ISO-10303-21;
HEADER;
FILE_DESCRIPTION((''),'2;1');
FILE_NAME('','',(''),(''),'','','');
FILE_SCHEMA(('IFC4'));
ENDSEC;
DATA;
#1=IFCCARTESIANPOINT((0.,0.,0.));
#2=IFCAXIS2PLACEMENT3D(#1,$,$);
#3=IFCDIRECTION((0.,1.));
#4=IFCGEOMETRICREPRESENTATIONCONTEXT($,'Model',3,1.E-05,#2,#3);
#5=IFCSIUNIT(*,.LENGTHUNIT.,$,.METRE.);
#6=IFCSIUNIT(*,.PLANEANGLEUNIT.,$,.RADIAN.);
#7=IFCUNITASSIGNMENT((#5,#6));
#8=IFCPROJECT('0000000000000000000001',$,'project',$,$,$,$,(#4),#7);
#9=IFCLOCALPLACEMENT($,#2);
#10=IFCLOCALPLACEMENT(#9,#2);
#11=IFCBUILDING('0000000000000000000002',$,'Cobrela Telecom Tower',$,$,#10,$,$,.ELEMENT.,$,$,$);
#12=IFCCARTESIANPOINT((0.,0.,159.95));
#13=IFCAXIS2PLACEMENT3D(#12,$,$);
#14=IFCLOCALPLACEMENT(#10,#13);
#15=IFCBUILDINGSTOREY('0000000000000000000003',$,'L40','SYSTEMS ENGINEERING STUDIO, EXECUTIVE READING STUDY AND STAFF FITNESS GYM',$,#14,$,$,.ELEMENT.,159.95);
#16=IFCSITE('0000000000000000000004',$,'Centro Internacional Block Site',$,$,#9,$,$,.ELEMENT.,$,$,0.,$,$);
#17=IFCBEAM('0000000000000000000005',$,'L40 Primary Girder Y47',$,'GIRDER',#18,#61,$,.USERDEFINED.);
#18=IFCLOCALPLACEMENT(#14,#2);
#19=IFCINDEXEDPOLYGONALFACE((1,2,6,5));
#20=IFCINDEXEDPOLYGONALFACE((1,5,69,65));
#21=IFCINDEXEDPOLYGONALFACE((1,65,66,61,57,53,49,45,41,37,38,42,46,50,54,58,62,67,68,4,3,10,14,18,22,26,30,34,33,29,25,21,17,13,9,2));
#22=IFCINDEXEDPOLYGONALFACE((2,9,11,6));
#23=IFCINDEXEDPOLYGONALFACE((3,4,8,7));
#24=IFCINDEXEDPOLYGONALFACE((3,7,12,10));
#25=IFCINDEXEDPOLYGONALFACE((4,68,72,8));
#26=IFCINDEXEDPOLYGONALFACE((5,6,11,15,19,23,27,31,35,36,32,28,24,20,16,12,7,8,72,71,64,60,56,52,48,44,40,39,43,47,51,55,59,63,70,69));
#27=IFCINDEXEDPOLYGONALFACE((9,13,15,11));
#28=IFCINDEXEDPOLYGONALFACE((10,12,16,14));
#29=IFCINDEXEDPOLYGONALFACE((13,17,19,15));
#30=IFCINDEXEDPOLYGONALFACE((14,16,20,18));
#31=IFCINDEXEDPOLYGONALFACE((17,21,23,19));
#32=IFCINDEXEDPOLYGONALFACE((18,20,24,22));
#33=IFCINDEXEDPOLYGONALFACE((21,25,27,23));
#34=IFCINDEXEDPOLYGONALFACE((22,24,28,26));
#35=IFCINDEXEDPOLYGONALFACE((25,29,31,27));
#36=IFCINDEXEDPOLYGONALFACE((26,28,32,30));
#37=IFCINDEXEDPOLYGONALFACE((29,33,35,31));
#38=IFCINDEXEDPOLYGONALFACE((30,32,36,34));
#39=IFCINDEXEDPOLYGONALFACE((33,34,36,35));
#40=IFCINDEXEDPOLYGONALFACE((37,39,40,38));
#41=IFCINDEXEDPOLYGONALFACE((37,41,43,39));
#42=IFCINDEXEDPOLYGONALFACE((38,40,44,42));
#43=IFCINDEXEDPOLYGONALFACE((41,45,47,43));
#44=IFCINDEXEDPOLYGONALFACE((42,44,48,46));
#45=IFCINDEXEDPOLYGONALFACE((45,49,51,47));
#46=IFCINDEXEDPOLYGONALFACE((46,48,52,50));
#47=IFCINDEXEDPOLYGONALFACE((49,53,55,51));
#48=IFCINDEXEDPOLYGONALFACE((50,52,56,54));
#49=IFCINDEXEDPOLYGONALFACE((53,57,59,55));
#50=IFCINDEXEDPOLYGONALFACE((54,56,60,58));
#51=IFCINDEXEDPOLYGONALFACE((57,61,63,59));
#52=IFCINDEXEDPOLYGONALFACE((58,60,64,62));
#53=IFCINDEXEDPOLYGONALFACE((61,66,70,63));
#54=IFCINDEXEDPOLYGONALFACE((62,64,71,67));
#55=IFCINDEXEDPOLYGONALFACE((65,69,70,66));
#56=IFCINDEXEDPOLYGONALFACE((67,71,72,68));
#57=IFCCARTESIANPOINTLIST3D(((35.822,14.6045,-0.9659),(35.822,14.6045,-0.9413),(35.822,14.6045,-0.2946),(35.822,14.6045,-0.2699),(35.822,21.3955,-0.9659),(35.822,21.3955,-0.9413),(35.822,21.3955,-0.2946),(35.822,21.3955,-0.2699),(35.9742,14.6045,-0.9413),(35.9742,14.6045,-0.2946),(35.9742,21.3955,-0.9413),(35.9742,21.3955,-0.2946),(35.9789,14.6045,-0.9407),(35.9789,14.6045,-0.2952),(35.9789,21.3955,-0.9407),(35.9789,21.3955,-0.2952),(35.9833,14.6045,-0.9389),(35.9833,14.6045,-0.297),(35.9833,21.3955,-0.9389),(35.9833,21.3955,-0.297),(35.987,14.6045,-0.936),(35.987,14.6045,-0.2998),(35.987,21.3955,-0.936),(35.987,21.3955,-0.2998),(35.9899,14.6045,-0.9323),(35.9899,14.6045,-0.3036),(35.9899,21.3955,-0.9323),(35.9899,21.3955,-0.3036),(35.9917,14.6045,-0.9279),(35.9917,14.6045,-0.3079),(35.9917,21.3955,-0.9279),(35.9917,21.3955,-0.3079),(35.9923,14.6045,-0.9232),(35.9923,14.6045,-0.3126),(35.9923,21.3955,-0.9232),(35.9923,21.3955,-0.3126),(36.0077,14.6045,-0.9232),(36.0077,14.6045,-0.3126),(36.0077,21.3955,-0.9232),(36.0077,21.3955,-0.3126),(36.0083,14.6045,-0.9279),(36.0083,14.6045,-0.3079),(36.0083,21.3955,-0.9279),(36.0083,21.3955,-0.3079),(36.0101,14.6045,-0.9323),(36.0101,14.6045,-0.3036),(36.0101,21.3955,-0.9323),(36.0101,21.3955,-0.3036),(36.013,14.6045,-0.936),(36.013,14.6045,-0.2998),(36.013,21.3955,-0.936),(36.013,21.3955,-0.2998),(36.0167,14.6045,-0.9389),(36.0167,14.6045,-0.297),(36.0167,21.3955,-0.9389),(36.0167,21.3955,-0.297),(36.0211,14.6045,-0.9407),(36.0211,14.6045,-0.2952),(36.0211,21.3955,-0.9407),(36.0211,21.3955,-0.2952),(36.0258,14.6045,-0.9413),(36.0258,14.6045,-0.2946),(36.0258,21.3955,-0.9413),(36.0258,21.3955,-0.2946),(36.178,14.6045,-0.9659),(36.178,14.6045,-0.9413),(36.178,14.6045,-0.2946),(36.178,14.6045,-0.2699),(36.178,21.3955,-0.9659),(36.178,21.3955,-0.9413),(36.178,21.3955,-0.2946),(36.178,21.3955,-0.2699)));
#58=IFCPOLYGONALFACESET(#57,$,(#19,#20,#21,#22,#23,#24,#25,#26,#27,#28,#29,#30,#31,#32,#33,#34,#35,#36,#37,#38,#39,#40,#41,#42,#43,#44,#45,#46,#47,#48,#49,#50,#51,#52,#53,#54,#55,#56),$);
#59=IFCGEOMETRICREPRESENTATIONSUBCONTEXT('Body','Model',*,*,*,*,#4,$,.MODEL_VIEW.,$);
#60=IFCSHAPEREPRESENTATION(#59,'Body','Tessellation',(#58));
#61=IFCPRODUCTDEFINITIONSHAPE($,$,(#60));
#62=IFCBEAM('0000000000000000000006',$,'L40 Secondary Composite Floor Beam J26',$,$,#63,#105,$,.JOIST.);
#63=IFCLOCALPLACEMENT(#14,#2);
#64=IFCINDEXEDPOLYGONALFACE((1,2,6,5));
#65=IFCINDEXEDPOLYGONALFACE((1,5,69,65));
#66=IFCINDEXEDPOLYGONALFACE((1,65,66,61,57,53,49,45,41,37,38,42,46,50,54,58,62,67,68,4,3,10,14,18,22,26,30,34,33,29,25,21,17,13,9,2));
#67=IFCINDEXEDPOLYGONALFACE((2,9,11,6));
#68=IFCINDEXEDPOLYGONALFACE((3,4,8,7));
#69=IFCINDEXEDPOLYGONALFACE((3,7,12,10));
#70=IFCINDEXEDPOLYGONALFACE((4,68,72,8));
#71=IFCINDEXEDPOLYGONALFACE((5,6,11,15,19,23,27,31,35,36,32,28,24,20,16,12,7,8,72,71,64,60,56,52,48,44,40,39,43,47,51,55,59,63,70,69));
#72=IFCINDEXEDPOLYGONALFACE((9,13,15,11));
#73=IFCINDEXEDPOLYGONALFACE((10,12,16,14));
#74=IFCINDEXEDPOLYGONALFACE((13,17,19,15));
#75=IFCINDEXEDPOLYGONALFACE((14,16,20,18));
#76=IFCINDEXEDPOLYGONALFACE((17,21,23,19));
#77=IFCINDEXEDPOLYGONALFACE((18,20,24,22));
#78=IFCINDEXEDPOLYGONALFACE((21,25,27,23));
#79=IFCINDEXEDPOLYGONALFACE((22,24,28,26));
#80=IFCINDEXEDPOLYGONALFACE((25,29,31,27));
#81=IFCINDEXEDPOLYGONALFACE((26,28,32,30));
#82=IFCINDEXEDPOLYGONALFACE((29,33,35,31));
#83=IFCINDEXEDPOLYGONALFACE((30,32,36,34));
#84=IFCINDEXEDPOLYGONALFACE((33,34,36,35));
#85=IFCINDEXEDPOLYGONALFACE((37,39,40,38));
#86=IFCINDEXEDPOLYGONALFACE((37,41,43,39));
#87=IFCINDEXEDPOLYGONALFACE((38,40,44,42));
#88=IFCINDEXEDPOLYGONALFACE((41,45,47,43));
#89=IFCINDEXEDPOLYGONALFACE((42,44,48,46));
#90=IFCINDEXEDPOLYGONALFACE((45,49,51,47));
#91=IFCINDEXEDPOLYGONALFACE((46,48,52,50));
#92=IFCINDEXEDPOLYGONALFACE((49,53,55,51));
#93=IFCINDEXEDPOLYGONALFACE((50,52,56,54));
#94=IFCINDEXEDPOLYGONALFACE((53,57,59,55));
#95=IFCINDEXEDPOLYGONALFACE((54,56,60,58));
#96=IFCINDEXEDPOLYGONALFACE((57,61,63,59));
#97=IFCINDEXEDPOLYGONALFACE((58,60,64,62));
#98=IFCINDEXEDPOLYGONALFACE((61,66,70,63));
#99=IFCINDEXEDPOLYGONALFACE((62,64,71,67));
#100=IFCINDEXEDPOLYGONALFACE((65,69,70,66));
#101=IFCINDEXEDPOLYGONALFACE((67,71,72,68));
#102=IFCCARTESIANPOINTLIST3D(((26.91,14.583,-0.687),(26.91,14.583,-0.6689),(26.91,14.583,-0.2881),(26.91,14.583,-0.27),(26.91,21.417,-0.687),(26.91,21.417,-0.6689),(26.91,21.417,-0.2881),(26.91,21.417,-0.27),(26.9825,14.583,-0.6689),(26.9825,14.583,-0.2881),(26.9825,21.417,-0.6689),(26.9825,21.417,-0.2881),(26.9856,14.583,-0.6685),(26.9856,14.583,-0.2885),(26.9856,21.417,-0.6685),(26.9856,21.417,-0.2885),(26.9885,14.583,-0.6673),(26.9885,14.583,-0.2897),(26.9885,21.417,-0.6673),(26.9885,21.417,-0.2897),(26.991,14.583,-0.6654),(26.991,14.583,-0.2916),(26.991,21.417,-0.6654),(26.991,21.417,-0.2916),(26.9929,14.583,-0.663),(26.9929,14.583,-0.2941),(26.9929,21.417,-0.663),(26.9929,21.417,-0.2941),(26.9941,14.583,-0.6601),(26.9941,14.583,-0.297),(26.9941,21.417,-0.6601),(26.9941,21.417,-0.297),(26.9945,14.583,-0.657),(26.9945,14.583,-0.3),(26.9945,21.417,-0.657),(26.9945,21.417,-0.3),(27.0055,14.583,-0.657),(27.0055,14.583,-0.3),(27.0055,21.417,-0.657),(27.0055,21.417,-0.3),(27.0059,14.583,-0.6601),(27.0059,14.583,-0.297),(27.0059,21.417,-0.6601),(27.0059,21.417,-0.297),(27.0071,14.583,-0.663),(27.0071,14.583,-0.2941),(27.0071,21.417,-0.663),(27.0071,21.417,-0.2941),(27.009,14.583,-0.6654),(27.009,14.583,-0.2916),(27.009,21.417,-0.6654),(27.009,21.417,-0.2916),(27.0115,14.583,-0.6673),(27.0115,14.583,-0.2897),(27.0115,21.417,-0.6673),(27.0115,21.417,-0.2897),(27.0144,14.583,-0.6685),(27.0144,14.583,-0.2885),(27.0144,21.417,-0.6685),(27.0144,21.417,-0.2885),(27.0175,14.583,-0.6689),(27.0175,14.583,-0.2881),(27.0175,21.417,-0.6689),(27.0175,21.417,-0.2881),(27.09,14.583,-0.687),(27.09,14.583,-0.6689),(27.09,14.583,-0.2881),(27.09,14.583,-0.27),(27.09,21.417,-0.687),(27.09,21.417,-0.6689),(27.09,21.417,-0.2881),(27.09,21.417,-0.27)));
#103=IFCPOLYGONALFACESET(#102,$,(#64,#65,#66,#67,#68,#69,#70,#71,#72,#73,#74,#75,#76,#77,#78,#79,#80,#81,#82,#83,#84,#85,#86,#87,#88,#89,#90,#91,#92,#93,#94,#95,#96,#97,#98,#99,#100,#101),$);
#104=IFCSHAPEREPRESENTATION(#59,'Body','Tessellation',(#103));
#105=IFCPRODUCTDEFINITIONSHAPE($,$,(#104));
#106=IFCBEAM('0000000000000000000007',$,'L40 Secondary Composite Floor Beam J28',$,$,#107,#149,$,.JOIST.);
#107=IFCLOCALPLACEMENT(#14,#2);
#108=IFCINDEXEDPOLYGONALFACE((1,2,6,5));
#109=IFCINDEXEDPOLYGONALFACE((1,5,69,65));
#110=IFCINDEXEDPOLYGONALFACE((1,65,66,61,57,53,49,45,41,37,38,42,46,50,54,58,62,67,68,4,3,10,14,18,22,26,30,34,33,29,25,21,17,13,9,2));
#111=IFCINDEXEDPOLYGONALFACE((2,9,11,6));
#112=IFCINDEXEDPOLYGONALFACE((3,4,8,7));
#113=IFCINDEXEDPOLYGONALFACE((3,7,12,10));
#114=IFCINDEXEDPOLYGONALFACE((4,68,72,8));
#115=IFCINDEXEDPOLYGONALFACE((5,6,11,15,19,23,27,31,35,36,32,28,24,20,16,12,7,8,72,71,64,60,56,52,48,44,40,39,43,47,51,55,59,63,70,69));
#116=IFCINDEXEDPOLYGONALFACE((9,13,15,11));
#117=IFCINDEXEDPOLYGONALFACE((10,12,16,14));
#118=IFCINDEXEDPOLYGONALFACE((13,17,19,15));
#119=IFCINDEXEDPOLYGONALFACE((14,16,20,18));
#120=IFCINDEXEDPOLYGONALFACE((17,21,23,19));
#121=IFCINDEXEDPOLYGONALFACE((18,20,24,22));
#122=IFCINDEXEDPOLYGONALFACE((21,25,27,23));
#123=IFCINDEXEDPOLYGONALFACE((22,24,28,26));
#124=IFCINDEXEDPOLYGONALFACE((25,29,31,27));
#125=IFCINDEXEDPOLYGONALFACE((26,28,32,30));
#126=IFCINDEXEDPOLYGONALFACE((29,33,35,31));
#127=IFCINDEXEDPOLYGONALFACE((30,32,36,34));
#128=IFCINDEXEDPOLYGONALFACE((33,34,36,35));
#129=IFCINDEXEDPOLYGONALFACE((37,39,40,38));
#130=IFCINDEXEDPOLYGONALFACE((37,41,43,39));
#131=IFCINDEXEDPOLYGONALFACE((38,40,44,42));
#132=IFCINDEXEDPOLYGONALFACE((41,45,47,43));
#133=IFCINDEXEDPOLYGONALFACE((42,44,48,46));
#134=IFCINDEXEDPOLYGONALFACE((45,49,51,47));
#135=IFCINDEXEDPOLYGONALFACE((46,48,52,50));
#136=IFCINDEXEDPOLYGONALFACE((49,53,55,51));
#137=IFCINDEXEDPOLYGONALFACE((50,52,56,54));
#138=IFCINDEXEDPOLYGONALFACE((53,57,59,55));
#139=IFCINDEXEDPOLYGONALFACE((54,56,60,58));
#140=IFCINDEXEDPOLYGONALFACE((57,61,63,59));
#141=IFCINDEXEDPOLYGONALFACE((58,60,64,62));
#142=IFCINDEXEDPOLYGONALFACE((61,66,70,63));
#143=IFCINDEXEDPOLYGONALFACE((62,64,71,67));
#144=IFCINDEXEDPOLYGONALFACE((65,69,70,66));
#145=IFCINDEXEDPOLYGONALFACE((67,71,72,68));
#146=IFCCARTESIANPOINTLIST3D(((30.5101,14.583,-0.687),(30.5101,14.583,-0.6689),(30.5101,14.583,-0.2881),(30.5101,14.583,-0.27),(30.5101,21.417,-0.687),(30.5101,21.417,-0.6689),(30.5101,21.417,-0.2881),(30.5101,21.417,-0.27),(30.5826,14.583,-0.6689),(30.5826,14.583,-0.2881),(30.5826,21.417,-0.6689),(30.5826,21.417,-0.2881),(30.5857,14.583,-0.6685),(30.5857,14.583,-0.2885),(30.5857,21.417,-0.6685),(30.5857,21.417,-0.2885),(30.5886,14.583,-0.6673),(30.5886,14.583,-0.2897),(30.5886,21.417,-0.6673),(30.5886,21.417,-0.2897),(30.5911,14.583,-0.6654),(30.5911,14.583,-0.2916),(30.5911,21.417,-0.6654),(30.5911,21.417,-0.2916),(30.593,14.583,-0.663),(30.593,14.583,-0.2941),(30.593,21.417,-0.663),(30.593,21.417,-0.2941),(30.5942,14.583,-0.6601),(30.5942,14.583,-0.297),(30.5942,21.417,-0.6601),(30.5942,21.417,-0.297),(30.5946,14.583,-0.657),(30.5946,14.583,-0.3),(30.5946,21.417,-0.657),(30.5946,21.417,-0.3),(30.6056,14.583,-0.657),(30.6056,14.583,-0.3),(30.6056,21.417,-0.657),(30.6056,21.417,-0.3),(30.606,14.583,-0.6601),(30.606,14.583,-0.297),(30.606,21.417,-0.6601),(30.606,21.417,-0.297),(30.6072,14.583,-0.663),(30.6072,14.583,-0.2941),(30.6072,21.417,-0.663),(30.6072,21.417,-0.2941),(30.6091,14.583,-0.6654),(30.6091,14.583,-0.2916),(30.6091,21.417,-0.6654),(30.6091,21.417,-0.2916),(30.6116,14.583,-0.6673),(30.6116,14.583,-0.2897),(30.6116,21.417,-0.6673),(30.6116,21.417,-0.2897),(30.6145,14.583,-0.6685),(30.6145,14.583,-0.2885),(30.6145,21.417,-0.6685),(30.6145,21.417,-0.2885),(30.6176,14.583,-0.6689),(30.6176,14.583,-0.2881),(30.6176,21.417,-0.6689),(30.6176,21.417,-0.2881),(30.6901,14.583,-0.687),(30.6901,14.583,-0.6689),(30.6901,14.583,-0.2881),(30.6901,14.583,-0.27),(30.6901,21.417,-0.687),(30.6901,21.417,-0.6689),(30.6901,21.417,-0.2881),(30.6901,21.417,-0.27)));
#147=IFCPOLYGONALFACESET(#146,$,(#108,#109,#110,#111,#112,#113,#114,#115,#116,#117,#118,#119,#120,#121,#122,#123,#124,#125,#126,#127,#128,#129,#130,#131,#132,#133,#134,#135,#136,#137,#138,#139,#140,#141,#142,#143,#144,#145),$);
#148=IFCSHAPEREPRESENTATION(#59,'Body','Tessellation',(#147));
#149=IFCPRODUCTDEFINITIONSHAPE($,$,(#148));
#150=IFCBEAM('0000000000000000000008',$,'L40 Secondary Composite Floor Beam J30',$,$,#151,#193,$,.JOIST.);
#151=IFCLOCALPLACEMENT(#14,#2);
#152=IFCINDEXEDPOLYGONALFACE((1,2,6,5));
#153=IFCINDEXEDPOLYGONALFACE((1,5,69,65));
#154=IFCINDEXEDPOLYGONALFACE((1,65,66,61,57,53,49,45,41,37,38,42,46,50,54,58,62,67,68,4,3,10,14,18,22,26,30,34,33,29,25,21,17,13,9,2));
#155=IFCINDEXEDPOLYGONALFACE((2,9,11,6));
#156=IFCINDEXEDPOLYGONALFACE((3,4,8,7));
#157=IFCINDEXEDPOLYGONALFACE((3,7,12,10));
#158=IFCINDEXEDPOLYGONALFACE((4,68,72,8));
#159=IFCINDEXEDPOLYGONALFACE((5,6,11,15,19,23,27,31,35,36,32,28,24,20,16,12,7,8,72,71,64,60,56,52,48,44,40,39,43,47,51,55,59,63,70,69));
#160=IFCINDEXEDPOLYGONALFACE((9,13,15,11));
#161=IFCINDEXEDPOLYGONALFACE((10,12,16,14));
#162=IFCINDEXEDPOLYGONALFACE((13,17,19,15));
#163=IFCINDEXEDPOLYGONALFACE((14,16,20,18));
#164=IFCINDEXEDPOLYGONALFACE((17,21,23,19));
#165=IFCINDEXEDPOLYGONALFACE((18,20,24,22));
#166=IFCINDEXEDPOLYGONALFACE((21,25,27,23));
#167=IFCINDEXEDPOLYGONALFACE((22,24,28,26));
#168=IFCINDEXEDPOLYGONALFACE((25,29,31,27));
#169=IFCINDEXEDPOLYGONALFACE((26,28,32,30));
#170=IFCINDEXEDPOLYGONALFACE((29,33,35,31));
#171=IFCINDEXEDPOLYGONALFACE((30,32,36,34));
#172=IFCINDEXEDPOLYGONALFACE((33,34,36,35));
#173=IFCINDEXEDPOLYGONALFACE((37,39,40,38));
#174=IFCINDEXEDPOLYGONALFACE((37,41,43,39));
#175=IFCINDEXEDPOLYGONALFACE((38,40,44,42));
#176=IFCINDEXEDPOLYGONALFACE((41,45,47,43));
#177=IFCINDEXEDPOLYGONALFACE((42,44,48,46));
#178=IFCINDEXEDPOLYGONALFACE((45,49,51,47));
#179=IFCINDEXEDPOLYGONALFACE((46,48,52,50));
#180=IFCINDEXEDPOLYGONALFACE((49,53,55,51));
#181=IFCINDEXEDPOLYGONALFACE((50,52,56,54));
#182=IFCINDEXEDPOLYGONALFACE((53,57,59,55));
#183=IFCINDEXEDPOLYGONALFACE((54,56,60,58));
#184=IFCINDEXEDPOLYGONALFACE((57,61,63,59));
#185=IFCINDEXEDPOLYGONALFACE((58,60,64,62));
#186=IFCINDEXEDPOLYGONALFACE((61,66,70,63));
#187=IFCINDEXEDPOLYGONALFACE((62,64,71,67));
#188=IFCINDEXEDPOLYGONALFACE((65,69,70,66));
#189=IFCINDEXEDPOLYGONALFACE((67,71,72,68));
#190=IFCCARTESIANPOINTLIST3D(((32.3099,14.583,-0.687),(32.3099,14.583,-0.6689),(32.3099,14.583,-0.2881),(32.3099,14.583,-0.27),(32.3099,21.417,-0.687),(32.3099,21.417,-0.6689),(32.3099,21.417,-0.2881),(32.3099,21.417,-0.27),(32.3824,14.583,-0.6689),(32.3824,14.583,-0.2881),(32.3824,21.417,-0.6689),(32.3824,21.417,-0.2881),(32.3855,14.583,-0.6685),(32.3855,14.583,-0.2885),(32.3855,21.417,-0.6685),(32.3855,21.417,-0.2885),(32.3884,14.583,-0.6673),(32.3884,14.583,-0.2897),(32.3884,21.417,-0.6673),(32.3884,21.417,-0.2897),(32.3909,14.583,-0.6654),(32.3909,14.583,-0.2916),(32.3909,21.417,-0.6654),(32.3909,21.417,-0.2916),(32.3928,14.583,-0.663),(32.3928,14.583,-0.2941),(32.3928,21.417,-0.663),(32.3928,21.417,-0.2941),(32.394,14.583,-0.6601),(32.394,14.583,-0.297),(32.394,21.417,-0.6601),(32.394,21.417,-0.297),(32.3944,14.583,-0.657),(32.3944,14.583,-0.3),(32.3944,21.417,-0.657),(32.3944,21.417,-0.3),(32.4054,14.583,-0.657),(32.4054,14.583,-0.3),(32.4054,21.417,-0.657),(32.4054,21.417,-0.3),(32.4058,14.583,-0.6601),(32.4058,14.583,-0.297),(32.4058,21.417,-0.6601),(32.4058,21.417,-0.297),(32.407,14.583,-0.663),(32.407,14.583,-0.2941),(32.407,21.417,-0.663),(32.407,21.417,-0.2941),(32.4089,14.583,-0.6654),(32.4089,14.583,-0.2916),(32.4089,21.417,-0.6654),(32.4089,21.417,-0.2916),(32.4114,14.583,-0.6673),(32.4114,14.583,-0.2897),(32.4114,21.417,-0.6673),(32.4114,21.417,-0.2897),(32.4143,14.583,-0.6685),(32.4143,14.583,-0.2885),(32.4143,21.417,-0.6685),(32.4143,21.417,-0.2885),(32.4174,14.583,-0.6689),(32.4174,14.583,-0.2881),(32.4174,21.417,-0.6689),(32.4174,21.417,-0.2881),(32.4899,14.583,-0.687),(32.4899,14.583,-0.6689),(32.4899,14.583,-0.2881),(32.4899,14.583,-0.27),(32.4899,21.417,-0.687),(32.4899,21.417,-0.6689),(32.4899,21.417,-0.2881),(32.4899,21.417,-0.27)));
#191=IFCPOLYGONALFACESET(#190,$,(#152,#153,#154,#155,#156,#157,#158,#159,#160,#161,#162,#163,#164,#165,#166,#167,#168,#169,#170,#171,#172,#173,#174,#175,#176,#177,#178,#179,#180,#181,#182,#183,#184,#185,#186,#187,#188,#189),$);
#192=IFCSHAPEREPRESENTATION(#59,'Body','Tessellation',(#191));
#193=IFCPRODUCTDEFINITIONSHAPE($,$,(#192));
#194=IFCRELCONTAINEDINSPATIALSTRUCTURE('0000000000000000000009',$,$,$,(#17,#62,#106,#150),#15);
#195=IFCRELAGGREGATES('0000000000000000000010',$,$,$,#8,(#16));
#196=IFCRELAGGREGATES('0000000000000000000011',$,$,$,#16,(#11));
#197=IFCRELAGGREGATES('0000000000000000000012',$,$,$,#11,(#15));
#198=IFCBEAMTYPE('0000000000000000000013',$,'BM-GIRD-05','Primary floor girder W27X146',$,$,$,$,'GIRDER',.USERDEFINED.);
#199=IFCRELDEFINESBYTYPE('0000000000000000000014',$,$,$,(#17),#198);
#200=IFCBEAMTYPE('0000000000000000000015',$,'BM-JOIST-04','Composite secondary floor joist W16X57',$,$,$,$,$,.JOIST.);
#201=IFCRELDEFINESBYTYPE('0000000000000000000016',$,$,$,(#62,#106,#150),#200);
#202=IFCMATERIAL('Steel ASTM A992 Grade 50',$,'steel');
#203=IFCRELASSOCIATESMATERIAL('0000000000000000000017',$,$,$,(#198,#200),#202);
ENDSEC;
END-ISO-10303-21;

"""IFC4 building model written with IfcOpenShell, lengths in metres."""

from ifc_helpers import new_model, si_unit, direction, frame, origin, origin_2d, place, context, subcontext, project, spatial, i_section, extrude, material, material_profile, profile_set, type_object, element, save


model = new_model("IFC4")

# Units and contexts
model_context = context("Model", 3, precision=1e-05, world=origin(), true_north=direction((0.0, 1.0)))
body_context = subcontext(model_context, "Body", "Model", "MODEL_VIEW")
ifc_project = project(units=[si_unit("LENGTHUNIT", "METRE"), si_unit("PLANEANGLEUNIT", "RADIAN")], contexts=[model_context])

# Site, building, storey
site_placement = place(None, origin())
site = spatial("IfcSite", under=ifc_project, at=site_placement, Name="Centro Internacional Block Site", CompositionType="ELEMENT", RefElevation=0.0)
building_placement = place(site_placement, origin())
building = spatial("IfcBuilding", under=site, at=building_placement, Name="Cobrela Telecom Tower", CompositionType="ELEMENT")
storey_placement = place(building_placement, frame((0.0, 0.0, 159.95)))
storey = spatial("IfcBuildingStorey", under=building, at=storey_placement, Name="L40", Description="SYSTEMS ENGINEERING STUDIO, EXECUTIVE READING STUDY AND STAFF FITNESS GYM", CompositionType="ELEMENT", Elevation=159.95)

# Shared definitions
ifc_material_1 = material(Name="Steel ASTM A992 Grade 50", Category="steel")

# Beams
ifc_material_profile_1 = material_profile(ifc_material_1, i_section(OverallWidth=0.356, OverallDepth=0.696, WebThickness=0.0154, FlangeThickness=0.0247, FilletRadius=0.0181, at=origin_2d()), Name="W27X146")
ifc_profile_set_1 = profile_set([ifc_material_profile_1], Name="Steel ASTM A992 Grade 50")
beam_type_1 = type_object("IfcBeamType", Name="BM-GIRD-05", Description="Primary floor girder W27X146", ElementType="GIRDER", PredefinedType="USERDEFINED", material=ifc_profile_set_1)
for number, where, z_axis, x_axis, name in (
    (1, (36.0, 14.6045, -0.6179), (0.0, 1.0, 0.0), (-1.0, 0.0, 0.0), "L40 Primary Girder Y47"),
):
    element("IfcBeam", number, at=place(storey_placement, frame(where, z_axis=z_axis, x_axis=x_axis)), inside=storey, type_object=beam_type_1, Name=name, ObjectType="GIRDER", PredefinedType="USERDEFINED", context=body_context, shape_type="SweptSolid", body=[
        extrude(i_section(OverallWidth=0.356, OverallDepth=0.696, WebThickness=0.0154, FlangeThickness=0.0247, FilletRadius=0.0181, at=origin_2d()), origin(), (0.0, 0.0, 1.0), 6.791),
    ])
ifc_material_profile_2 = material_profile(ifc_material_1, i_section(OverallWidth=0.1799, OverallDepth=0.417, WebThickness=0.011, FlangeThickness=0.0181, FilletRadius=0.012, at=origin_2d()), Name="W16X57")
ifc_profile_set_2 = profile_set([ifc_material_profile_2], Name="Steel ASTM A992 Grade 50")
beam_type_2 = type_object("IfcBeamType", Name="BM-JOIST-04", Description="Composite secondary floor joist W16X57", PredefinedType="JOIST", material=ifc_profile_set_2)
for number, where, z_axis, x_axis, name in (
    (2, (27.0, 14.583, -0.4785), (0.0, 1.0, 0.0), (-1.0, 0.0, 0.0), "L40 Secondary Composite Floor Beam J26"),
    (3, (30.6001, 14.583, -0.4785), (0.0, 1.0, 0.0), (-1.0, 0.0, 0.0), "L40 Secondary Composite Floor Beam J28"),
    (4, (32.3999, 14.583, -0.4785), (0.0, 1.0, 0.0), (-1.0, 0.0, 0.0), "L40 Secondary Composite Floor Beam J30"),
):
    element("IfcBeam", number, at=place(storey_placement, frame(where, z_axis=z_axis, x_axis=x_axis)), inside=storey, type_object=beam_type_2, Name=name, PredefinedType="JOIST", context=body_context, shape_type="SweptSolid", body=[
        extrude(i_section(OverallWidth=0.1799, OverallDepth=0.417, WebThickness=0.011, FlangeThickness=0.0181, FilletRadius=0.012, at=origin_2d()), origin(), (0.0, 0.0, 1.0), 6.834),
    ])

save(model, "model.ifc")
